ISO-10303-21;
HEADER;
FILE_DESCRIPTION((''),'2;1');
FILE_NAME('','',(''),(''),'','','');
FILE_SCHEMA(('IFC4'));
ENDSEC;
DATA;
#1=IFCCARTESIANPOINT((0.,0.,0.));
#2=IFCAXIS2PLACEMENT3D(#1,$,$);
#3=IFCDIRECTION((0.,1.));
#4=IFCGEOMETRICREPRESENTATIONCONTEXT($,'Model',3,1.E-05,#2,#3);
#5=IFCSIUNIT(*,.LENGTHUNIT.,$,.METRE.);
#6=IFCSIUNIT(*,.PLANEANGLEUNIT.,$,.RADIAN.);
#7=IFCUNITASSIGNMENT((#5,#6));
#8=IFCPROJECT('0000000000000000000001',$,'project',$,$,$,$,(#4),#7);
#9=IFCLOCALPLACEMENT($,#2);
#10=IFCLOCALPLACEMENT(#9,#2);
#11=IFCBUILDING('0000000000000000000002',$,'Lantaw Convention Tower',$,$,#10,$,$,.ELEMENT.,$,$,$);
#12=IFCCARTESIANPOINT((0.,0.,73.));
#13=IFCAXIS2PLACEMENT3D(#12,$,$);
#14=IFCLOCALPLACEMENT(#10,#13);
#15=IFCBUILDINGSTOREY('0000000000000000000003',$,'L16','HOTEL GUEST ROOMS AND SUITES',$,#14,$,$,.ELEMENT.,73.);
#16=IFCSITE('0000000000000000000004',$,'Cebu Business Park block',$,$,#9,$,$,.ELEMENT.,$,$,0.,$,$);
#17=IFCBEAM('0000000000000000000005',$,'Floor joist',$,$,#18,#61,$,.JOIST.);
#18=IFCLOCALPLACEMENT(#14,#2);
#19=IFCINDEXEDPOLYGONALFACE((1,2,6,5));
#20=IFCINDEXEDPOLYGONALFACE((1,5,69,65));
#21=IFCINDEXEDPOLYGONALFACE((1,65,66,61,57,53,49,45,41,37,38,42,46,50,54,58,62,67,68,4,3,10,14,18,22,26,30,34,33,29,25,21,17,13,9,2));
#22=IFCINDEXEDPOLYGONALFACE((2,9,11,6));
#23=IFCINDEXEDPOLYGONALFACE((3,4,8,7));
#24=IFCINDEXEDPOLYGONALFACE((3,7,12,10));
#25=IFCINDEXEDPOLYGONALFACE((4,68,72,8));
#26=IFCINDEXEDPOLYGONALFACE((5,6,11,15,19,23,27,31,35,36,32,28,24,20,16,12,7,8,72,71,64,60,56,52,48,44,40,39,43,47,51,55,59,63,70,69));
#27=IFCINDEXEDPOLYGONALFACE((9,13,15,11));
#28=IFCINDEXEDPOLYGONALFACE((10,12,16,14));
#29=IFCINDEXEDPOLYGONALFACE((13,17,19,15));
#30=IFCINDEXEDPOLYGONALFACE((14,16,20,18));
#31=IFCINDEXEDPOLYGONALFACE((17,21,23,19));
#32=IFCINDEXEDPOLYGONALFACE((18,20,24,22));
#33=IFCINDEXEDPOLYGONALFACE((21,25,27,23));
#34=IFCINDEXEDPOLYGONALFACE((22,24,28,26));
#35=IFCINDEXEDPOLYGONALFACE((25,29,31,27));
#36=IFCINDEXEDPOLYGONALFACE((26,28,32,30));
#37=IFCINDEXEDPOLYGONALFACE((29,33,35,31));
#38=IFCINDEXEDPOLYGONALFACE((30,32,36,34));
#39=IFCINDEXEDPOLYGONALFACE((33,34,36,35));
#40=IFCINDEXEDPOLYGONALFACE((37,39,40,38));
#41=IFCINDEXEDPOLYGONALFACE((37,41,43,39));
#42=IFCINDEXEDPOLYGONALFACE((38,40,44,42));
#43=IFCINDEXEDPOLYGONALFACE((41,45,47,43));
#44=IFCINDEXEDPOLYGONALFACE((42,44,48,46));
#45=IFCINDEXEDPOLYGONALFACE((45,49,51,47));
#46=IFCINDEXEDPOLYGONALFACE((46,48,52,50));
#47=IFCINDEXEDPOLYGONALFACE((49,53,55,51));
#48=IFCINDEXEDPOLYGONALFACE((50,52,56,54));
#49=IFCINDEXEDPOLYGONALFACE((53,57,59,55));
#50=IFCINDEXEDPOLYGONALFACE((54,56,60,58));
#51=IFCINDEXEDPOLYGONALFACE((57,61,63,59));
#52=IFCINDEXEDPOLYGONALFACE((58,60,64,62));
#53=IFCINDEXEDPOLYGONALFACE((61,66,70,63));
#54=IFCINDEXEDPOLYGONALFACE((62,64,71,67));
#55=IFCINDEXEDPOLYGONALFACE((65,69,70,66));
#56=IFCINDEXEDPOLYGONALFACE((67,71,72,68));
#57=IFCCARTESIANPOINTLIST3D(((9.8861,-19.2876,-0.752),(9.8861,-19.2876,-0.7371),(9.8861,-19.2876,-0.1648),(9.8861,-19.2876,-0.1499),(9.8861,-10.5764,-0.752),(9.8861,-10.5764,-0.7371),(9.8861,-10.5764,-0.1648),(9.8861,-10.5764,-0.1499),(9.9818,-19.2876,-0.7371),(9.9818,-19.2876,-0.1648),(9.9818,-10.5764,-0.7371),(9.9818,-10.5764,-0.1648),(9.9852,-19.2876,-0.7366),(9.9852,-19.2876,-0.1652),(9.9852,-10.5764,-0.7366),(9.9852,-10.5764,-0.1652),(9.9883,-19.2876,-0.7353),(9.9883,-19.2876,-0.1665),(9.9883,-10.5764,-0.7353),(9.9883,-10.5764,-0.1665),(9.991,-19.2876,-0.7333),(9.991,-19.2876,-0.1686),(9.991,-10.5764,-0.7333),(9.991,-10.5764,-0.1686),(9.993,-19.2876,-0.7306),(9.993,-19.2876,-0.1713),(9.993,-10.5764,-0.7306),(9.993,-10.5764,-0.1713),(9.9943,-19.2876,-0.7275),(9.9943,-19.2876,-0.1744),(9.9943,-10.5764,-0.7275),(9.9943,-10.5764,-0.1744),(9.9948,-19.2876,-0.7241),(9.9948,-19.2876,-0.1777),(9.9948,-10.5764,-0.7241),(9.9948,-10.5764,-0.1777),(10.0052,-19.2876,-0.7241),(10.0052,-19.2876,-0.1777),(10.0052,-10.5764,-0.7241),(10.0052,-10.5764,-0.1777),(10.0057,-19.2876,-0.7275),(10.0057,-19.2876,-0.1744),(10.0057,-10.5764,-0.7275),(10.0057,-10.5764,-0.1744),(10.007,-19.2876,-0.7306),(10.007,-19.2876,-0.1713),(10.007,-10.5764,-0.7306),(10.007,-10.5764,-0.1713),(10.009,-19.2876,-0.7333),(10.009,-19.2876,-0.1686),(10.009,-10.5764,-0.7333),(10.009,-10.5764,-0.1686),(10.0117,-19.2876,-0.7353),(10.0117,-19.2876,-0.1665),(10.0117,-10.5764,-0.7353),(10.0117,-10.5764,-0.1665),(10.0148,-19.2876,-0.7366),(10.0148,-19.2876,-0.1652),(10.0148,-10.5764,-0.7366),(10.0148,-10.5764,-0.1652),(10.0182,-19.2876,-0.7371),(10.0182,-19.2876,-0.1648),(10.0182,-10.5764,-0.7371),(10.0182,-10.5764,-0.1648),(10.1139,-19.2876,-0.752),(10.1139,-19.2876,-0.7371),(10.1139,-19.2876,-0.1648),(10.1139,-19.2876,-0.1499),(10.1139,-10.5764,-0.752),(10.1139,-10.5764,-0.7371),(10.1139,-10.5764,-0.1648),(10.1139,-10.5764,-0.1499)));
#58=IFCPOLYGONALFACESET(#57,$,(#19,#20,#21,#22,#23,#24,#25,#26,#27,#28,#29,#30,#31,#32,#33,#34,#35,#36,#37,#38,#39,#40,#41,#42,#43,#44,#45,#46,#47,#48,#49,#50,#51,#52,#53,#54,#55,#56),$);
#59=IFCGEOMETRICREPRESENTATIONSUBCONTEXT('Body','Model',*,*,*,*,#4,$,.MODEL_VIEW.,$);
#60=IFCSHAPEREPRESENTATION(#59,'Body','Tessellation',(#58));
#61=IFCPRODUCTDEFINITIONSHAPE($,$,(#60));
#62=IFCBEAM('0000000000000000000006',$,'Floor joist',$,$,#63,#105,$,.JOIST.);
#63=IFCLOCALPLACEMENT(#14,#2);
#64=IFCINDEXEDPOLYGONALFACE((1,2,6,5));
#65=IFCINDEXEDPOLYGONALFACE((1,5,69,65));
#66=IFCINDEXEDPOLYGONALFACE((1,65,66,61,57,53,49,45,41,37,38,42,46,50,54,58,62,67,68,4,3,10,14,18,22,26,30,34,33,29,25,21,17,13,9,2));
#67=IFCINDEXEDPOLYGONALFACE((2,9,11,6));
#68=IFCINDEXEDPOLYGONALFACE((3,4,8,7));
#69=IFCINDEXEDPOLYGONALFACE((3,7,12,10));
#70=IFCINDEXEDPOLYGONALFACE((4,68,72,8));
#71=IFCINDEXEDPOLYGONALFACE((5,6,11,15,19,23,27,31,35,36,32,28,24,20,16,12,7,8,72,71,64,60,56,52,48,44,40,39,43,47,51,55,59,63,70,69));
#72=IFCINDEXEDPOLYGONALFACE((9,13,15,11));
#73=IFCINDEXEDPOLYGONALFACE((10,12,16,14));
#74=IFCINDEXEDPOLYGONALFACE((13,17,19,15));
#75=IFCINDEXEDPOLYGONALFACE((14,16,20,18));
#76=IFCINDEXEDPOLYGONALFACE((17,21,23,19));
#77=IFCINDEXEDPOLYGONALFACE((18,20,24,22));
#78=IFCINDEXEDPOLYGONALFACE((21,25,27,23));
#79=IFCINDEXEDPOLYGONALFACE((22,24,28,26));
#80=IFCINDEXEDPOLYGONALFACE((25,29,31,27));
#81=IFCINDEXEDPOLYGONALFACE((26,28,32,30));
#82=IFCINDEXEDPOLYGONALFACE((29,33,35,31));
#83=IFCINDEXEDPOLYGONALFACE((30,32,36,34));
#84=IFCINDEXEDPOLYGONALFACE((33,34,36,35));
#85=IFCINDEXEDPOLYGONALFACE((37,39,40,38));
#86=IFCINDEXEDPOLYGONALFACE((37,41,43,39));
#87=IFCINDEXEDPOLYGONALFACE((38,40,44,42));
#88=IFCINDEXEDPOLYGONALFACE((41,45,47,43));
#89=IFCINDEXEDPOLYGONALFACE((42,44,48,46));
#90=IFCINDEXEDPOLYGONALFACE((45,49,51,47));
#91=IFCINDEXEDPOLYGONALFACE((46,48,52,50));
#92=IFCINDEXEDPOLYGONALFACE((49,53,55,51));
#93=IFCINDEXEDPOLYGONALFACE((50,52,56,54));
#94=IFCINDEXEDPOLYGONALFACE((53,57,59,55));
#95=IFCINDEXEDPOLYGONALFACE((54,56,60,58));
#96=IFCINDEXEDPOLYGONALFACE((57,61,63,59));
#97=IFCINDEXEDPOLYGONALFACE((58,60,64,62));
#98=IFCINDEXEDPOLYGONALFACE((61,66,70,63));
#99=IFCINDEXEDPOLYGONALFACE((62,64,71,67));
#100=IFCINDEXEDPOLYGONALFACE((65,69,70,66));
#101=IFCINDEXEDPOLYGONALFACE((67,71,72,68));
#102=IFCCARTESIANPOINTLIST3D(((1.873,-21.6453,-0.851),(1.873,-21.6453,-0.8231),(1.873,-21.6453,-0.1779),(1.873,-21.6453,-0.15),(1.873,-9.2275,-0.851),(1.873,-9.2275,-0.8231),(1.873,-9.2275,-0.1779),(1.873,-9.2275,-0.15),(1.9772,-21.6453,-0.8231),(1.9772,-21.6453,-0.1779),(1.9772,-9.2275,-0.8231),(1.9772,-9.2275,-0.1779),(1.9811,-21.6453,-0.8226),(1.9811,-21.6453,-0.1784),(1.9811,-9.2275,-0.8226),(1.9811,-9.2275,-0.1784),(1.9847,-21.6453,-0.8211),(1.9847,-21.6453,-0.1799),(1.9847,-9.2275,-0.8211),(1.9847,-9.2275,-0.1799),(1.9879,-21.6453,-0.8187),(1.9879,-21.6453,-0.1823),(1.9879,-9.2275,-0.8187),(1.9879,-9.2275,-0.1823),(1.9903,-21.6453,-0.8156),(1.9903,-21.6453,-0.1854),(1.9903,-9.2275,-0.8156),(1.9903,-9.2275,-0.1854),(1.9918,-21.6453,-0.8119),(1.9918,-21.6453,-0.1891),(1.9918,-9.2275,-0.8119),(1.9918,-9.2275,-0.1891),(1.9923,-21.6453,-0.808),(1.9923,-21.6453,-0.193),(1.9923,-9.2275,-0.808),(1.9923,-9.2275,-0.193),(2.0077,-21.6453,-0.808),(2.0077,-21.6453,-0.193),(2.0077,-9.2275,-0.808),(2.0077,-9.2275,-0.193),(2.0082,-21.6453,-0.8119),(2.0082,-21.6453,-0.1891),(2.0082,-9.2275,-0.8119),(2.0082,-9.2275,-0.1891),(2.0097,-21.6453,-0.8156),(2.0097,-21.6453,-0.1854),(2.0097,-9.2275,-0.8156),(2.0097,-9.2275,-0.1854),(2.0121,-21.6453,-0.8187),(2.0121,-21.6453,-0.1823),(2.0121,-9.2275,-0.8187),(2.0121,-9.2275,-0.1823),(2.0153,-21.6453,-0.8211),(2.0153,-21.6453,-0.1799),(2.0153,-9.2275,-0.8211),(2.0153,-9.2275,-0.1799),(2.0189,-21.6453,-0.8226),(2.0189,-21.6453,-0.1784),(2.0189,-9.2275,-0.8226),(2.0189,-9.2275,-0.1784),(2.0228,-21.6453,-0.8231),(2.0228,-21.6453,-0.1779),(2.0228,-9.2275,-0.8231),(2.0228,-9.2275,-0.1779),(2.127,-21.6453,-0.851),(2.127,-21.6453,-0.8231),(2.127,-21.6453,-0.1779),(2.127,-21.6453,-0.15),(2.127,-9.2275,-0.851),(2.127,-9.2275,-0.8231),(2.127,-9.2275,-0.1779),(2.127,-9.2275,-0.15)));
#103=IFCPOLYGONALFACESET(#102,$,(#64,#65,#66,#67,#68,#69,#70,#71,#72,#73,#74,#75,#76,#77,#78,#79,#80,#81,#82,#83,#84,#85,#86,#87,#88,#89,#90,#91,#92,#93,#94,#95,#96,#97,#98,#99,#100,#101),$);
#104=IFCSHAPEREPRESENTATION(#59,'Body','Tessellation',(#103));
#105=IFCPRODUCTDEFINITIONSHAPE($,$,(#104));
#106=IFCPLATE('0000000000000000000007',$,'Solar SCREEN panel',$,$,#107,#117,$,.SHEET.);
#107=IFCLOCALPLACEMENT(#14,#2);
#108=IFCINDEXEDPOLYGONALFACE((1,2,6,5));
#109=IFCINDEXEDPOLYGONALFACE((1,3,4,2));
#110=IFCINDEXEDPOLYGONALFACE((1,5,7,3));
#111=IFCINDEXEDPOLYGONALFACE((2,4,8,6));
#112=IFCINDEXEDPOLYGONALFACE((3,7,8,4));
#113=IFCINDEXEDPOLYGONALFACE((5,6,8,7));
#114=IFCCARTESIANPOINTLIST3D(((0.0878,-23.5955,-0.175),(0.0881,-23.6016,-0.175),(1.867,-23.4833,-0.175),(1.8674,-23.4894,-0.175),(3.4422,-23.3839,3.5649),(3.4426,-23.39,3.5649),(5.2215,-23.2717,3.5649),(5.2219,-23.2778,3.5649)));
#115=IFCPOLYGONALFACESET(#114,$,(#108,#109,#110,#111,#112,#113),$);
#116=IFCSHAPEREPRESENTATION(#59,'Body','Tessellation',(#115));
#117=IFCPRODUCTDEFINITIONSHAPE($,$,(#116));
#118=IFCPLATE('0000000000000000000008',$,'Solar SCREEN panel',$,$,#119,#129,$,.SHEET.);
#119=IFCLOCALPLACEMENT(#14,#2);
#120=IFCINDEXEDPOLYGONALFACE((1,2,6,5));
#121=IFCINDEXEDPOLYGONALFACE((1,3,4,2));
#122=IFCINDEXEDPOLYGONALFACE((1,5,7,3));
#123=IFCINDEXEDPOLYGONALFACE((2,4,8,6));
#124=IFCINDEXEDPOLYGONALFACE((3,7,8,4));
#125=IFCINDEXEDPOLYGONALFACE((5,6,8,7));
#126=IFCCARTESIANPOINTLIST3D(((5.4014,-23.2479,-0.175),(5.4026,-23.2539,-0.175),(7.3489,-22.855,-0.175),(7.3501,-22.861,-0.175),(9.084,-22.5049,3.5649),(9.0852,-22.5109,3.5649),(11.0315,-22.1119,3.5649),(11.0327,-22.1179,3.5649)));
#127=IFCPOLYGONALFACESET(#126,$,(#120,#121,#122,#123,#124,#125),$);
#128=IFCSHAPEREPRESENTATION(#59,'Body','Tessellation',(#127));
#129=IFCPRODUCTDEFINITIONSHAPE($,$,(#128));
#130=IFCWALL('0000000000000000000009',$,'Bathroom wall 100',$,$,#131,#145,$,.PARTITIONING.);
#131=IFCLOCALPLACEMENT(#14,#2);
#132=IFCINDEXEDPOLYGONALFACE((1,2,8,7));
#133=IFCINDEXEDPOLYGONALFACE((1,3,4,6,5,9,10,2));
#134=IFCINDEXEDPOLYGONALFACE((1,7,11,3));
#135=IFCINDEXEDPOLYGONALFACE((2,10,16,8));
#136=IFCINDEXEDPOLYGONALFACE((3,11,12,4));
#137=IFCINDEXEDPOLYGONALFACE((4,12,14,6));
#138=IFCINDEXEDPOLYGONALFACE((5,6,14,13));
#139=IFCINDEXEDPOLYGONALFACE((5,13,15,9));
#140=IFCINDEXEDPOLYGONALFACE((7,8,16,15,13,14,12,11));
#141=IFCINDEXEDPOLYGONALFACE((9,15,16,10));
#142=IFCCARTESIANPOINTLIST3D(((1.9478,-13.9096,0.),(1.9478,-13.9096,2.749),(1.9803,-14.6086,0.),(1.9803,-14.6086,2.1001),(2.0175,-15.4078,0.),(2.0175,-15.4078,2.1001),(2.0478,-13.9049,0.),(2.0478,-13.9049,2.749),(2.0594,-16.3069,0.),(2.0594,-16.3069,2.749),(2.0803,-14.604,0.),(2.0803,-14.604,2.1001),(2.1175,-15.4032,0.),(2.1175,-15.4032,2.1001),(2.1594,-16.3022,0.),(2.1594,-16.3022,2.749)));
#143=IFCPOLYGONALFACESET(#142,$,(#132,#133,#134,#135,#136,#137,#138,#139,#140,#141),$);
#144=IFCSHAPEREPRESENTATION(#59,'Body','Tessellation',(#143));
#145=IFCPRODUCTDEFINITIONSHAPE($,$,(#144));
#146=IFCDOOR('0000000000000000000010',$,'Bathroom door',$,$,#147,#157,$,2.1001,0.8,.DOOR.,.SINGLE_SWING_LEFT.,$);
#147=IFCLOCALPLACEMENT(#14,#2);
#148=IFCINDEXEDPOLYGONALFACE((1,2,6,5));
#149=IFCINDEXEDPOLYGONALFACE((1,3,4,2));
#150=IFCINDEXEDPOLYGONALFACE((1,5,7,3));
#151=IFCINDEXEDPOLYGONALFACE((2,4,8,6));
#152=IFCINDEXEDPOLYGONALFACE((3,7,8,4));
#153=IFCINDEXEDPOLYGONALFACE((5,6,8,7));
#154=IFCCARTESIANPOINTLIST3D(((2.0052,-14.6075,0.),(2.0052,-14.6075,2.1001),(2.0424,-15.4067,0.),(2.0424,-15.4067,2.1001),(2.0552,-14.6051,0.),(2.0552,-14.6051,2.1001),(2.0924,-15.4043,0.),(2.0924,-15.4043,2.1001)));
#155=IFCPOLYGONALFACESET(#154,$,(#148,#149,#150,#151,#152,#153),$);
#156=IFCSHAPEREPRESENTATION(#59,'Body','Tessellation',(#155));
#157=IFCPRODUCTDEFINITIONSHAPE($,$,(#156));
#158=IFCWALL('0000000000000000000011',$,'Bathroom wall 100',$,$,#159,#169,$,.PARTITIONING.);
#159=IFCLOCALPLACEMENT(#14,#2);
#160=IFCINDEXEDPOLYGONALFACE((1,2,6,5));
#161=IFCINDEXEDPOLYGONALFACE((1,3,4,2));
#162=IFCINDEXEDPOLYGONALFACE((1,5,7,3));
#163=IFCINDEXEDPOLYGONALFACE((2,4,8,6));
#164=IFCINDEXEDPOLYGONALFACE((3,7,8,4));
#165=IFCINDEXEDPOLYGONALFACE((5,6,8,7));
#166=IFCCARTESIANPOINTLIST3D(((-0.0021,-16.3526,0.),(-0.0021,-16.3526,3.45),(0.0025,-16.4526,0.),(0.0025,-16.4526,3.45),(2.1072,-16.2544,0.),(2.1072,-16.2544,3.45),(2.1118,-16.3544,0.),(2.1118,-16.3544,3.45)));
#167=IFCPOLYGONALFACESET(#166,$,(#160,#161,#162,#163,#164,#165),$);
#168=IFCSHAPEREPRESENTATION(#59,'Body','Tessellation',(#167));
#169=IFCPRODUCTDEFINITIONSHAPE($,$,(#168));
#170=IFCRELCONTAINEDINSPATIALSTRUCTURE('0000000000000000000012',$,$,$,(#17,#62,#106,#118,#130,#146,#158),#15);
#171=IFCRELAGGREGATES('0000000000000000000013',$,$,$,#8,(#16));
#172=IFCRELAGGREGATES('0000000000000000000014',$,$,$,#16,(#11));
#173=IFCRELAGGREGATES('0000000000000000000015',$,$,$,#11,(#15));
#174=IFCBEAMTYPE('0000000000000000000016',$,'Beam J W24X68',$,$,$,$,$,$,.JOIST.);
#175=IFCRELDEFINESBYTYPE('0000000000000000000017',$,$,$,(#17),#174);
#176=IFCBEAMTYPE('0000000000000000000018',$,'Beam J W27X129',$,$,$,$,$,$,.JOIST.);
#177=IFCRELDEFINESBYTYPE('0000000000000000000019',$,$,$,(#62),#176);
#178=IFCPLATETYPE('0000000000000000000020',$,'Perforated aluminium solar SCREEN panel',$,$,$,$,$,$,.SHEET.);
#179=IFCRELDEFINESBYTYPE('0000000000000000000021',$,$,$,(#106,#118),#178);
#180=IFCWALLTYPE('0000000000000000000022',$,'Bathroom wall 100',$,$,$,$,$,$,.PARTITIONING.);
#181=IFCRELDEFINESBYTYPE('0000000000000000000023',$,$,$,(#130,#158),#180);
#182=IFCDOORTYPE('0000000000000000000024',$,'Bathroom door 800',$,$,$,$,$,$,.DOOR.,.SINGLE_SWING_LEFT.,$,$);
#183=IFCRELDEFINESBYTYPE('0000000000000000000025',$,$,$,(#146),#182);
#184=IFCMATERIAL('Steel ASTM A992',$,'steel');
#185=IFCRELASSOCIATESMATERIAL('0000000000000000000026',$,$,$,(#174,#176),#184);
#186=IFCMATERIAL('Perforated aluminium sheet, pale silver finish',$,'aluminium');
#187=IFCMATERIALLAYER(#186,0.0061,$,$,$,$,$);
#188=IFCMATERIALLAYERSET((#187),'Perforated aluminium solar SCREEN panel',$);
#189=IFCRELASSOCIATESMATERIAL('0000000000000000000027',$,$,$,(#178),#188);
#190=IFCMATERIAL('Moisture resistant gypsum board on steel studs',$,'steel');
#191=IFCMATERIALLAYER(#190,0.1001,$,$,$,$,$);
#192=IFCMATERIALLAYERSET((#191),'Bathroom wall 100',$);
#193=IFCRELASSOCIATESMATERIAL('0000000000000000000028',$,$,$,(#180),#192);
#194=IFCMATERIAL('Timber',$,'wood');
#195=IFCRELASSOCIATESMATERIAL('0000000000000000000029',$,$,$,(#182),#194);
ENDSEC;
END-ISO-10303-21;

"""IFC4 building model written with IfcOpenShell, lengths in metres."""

from ifc_helpers import new_model, si_unit, direction, frame, frame_2d, origin, origin_2d, place, context, subcontext, project, spatial, polyline, rectangle, i_section, outline, extrude, material, layer, layer_set, material_profile, profile_set, type_object, element, fill, save


model = new_model("IFC4")

# Units and contexts
model_context = context("Model", 3, precision=1e-05, world=origin(), true_north=direction((0.0, 1.0)))
body_context = subcontext(model_context, "Body", "Model", "MODEL_VIEW")
ifc_project = project(units=[si_unit("LENGTHUNIT", "METRE"), si_unit("PLANEANGLEUNIT", "RADIAN")], contexts=[model_context])

# Site, building, storey
site_placement = place(None, origin())
site = spatial("IfcSite", under=ifc_project, at=site_placement, Name="Cebu Business Park block", CompositionType="ELEMENT", RefElevation=0.0)
building_placement = place(site_placement, origin())
building = spatial("IfcBuilding", under=site, at=building_placement, Name="Lantaw Convention Tower", CompositionType="ELEMENT")
storey_placement = place(building_placement, frame((0.0, 0.0, 73.0)))
storey = spatial("IfcBuildingStorey", under=building, at=storey_placement, Name="L16", Description="HOTEL GUEST ROOMS AND SUITES", CompositionType="ELEMENT", Elevation=73.0)

# Beams
ifc_material_1 = material(Name="Steel ASTM A992", Category="steel")
ifc_material_profile_1 = material_profile(ifc_material_1, i_section(OverallWidth=0.2278, OverallDepth=0.6021, WebThickness=0.0105, FlangeThickness=0.0149, FilletRadius=0.0129, at=origin_2d()), Name="W24X68")
ifc_profile_set_1 = profile_set([ifc_material_profile_1], Name="Steel ASTM A992")
beam_type_1 = type_object("IfcBeamType", Name="Beam J W24X68", PredefinedType="JOIST", material=ifc_profile_set_1)
beam_1_placement = place(storey_placement, frame((10.0, -19.2876, -0.4509), z_axis=(0.0, 1.0, 0.0), x_axis=(-1.0, 0.0, 0.0)))
element("IfcBeam", 1, at=beam_1_placement, inside=storey, type_object=beam_type_1, Name="Floor joist", PredefinedType="JOIST", context=body_context, shape_type="SweptSolid", body=[
    extrude(i_section(OverallWidth=0.2278, OverallDepth=0.6021, WebThickness=0.0105, FlangeThickness=0.0149, FilletRadius=0.0129, at=origin_2d()), origin(), (0.0, 0.0, 1.0), 8.7112),
])
ifc_material_profile_2 = material_profile(ifc_material_1, i_section(OverallWidth=0.2539, OverallDepth=0.7009, WebThickness=0.0154, FlangeThickness=0.0278, FilletRadius=0.0151, at=origin_2d()), Name="W27X129")
ifc_profile_set_2 = profile_set([ifc_material_profile_2], Name="Steel ASTM A992")
beam_type_2 = type_object("IfcBeamType", Name="Beam J W27X129", PredefinedType="JOIST", material=ifc_profile_set_2)
beam_2_placement = place(storey_placement, frame((2.0, -21.6453, -0.5005), z_axis=(0.0, 1.0, 0.0), x_axis=(-1.0, 0.0, 0.0)))
element("IfcBeam", 2, at=beam_2_placement, inside=storey, type_object=beam_type_2, Name="Floor joist", PredefinedType="JOIST", context=body_context, shape_type="SweptSolid", body=[
    extrude(i_section(OverallWidth=0.2539, OverallDepth=0.7009, WebThickness=0.0154, FlangeThickness=0.0278, FilletRadius=0.0151, at=origin_2d()), origin(), (0.0, 0.0, 1.0), 12.4177),
])

# Plates
ifc_material_2 = material(Name="Perforated aluminium sheet, pale silver finish", Category="aluminium")
ifc_layer_1 = layer(ifc_material_2, 0.0061)
ifc_layer_set_1 = layer_set([ifc_layer_1], Name="Perforated aluminium solar SCREEN panel")
plate_type = type_object("IfcPlateType", Name="Perforated aluminium solar SCREEN panel", PredefinedType="SHEET", material=ifc_layer_set_1)
plate_1_placement = place(storey_placement, frame((0.0881, -23.6016, -0.175), z_axis=(0.062924, -0.998018, 0.000014), x_axis=(0.998018, 0.062924, 0.0)))
element("IfcPlate", 3, at=plate_1_placement, inside=storey, type_object=plate_type, Name="Solar SCREEN panel", PredefinedType="SHEET", context=body_context, shape_type="SweptSolid", body=[
    extrude(outline(polyline([(0.0, 0.0), (1.7828, 0.0), (5.144, 3.74), (3.3611, 3.74), (0.0, 0.0)])), origin(), (0.0, 0.0, -1.0), 0.0061),
])
plate_2_placement = place(storey_placement, frame((5.4026, -23.2539, -0.175), z_axis=(0.197782, -0.980246, 0.000002), x_axis=(0.980246, 0.197782, 0.0)))
element("IfcPlate", 4, at=plate_2_placement, inside=storey, type_object=plate_type, Name="Solar SCREEN panel", PredefinedType="SHEET", context=body_context, shape_type="SweptSolid", body=[
    extrude(outline(polyline([(0.0, 0.0), (1.9867, 0.0), (5.7436, 3.74), (3.7568, 3.74), (0.0, 0.0)])), origin(), (0.0, 0.0, -1.0), 0.0061),
])

# Wall, opening, door
ifc_material_3 = material(Name="Moisture resistant gypsum board on steel studs", Category="steel")
ifc_layer_2 = layer(ifc_material_3, 0.1001)
ifc_layer_set_2 = layer_set([ifc_layer_2], Name="Bathroom wall 100")
wall_type_1 = type_object("IfcWallType", Name="Bathroom wall 100", PredefinedType="PARTITIONING", material=ifc_layer_set_2)
wall_1_placement = place(storey_placement, frame((1.9978, -13.9072, 0.0), z_axis=(0.0, 0.0, 1.0), x_axis=(0.046492, -0.998919, 0.0)))
wall_1 = element("IfcWall", 5, at=wall_1_placement, inside=storey, type_object=wall_type_1, Name="Bathroom wall 100", PredefinedType="PARTITIONING", context=body_context, shape_type="SweptSolid", body=[
    extrude(rectangle(XDim=2.3999, YDim=0.1001, at=frame_2d((1.2, 0.0))), origin(), (0.0, 0.0, 1.0), 2.749),
])
opening_1_placement = place(wall_1_placement, frame((0.7, 0.0, 0.0)))
opening_1 = element("IfcOpeningElement", 6, at=opening_1_placement, cuts=wall_1, PredefinedType="OPENING", context=body_context, shape_type="SweptSolid", body=[
    extrude(rectangle(XDim=0.8, YDim=2.1001, at=frame_2d((0.3999, 1.05))), frame((0.0, 0.0601, 0.0), z_axis=(0.0, -1.0, 0.0), x_axis=(1.0, 0.0, 0.0)), (0.0, 0.0, 1.0), 0.1201),
])
ifc_material_4 = material(Name="Timber", Category="wood")
door_type_1 = type_object("IfcDoorType", Name="Bathroom door 800", OperationType="SINGLE_SWING_LEFT", PredefinedType="DOOR", material=ifc_material_4)
door_1_placement = place(opening_1_placement, origin())
door_1 = element("IfcDoor", 7, at=door_1_placement, inside=storey, type_object=door_type_1, Name="Bathroom door", OperationType="SINGLE_SWING_LEFT", OverallHeight=2.1001, OverallWidth=0.8, PredefinedType="DOOR", context=body_context, shape_type="SweptSolid", body=[
    extrude(rectangle(XDim=0.8, YDim=2.1001, at=frame_2d((0.3999, 1.05))), frame((0.0, 0.0249, 0.0), z_axis=(0.0, -1.0, 0.0), x_axis=(1.0, 0.0, 0.0)), (0.0, 0.0, 1.0), 0.05),
])
fill(opening_1, door_1)

# Wall
wall_2_placement = place(storey_placement, frame((2.1094, -16.3044, 0.0), z_axis=(0.0, 0.0, 1.0), x_axis=(-0.998919, -0.046477, 0.0)))
element("IfcWall", 8, at=wall_2_placement, inside=storey, type_object=wall_type_1, Name="Bathroom wall 100", PredefinedType="PARTITIONING", context=body_context, shape_type="SweptSolid", body=[
    extrude(rectangle(XDim=2.1116, YDim=0.1001, at=frame_2d((1.0557, 0.0))), origin(), (0.0, 0.0, 1.0), 3.45),
])

save(model, "model.ifc")
